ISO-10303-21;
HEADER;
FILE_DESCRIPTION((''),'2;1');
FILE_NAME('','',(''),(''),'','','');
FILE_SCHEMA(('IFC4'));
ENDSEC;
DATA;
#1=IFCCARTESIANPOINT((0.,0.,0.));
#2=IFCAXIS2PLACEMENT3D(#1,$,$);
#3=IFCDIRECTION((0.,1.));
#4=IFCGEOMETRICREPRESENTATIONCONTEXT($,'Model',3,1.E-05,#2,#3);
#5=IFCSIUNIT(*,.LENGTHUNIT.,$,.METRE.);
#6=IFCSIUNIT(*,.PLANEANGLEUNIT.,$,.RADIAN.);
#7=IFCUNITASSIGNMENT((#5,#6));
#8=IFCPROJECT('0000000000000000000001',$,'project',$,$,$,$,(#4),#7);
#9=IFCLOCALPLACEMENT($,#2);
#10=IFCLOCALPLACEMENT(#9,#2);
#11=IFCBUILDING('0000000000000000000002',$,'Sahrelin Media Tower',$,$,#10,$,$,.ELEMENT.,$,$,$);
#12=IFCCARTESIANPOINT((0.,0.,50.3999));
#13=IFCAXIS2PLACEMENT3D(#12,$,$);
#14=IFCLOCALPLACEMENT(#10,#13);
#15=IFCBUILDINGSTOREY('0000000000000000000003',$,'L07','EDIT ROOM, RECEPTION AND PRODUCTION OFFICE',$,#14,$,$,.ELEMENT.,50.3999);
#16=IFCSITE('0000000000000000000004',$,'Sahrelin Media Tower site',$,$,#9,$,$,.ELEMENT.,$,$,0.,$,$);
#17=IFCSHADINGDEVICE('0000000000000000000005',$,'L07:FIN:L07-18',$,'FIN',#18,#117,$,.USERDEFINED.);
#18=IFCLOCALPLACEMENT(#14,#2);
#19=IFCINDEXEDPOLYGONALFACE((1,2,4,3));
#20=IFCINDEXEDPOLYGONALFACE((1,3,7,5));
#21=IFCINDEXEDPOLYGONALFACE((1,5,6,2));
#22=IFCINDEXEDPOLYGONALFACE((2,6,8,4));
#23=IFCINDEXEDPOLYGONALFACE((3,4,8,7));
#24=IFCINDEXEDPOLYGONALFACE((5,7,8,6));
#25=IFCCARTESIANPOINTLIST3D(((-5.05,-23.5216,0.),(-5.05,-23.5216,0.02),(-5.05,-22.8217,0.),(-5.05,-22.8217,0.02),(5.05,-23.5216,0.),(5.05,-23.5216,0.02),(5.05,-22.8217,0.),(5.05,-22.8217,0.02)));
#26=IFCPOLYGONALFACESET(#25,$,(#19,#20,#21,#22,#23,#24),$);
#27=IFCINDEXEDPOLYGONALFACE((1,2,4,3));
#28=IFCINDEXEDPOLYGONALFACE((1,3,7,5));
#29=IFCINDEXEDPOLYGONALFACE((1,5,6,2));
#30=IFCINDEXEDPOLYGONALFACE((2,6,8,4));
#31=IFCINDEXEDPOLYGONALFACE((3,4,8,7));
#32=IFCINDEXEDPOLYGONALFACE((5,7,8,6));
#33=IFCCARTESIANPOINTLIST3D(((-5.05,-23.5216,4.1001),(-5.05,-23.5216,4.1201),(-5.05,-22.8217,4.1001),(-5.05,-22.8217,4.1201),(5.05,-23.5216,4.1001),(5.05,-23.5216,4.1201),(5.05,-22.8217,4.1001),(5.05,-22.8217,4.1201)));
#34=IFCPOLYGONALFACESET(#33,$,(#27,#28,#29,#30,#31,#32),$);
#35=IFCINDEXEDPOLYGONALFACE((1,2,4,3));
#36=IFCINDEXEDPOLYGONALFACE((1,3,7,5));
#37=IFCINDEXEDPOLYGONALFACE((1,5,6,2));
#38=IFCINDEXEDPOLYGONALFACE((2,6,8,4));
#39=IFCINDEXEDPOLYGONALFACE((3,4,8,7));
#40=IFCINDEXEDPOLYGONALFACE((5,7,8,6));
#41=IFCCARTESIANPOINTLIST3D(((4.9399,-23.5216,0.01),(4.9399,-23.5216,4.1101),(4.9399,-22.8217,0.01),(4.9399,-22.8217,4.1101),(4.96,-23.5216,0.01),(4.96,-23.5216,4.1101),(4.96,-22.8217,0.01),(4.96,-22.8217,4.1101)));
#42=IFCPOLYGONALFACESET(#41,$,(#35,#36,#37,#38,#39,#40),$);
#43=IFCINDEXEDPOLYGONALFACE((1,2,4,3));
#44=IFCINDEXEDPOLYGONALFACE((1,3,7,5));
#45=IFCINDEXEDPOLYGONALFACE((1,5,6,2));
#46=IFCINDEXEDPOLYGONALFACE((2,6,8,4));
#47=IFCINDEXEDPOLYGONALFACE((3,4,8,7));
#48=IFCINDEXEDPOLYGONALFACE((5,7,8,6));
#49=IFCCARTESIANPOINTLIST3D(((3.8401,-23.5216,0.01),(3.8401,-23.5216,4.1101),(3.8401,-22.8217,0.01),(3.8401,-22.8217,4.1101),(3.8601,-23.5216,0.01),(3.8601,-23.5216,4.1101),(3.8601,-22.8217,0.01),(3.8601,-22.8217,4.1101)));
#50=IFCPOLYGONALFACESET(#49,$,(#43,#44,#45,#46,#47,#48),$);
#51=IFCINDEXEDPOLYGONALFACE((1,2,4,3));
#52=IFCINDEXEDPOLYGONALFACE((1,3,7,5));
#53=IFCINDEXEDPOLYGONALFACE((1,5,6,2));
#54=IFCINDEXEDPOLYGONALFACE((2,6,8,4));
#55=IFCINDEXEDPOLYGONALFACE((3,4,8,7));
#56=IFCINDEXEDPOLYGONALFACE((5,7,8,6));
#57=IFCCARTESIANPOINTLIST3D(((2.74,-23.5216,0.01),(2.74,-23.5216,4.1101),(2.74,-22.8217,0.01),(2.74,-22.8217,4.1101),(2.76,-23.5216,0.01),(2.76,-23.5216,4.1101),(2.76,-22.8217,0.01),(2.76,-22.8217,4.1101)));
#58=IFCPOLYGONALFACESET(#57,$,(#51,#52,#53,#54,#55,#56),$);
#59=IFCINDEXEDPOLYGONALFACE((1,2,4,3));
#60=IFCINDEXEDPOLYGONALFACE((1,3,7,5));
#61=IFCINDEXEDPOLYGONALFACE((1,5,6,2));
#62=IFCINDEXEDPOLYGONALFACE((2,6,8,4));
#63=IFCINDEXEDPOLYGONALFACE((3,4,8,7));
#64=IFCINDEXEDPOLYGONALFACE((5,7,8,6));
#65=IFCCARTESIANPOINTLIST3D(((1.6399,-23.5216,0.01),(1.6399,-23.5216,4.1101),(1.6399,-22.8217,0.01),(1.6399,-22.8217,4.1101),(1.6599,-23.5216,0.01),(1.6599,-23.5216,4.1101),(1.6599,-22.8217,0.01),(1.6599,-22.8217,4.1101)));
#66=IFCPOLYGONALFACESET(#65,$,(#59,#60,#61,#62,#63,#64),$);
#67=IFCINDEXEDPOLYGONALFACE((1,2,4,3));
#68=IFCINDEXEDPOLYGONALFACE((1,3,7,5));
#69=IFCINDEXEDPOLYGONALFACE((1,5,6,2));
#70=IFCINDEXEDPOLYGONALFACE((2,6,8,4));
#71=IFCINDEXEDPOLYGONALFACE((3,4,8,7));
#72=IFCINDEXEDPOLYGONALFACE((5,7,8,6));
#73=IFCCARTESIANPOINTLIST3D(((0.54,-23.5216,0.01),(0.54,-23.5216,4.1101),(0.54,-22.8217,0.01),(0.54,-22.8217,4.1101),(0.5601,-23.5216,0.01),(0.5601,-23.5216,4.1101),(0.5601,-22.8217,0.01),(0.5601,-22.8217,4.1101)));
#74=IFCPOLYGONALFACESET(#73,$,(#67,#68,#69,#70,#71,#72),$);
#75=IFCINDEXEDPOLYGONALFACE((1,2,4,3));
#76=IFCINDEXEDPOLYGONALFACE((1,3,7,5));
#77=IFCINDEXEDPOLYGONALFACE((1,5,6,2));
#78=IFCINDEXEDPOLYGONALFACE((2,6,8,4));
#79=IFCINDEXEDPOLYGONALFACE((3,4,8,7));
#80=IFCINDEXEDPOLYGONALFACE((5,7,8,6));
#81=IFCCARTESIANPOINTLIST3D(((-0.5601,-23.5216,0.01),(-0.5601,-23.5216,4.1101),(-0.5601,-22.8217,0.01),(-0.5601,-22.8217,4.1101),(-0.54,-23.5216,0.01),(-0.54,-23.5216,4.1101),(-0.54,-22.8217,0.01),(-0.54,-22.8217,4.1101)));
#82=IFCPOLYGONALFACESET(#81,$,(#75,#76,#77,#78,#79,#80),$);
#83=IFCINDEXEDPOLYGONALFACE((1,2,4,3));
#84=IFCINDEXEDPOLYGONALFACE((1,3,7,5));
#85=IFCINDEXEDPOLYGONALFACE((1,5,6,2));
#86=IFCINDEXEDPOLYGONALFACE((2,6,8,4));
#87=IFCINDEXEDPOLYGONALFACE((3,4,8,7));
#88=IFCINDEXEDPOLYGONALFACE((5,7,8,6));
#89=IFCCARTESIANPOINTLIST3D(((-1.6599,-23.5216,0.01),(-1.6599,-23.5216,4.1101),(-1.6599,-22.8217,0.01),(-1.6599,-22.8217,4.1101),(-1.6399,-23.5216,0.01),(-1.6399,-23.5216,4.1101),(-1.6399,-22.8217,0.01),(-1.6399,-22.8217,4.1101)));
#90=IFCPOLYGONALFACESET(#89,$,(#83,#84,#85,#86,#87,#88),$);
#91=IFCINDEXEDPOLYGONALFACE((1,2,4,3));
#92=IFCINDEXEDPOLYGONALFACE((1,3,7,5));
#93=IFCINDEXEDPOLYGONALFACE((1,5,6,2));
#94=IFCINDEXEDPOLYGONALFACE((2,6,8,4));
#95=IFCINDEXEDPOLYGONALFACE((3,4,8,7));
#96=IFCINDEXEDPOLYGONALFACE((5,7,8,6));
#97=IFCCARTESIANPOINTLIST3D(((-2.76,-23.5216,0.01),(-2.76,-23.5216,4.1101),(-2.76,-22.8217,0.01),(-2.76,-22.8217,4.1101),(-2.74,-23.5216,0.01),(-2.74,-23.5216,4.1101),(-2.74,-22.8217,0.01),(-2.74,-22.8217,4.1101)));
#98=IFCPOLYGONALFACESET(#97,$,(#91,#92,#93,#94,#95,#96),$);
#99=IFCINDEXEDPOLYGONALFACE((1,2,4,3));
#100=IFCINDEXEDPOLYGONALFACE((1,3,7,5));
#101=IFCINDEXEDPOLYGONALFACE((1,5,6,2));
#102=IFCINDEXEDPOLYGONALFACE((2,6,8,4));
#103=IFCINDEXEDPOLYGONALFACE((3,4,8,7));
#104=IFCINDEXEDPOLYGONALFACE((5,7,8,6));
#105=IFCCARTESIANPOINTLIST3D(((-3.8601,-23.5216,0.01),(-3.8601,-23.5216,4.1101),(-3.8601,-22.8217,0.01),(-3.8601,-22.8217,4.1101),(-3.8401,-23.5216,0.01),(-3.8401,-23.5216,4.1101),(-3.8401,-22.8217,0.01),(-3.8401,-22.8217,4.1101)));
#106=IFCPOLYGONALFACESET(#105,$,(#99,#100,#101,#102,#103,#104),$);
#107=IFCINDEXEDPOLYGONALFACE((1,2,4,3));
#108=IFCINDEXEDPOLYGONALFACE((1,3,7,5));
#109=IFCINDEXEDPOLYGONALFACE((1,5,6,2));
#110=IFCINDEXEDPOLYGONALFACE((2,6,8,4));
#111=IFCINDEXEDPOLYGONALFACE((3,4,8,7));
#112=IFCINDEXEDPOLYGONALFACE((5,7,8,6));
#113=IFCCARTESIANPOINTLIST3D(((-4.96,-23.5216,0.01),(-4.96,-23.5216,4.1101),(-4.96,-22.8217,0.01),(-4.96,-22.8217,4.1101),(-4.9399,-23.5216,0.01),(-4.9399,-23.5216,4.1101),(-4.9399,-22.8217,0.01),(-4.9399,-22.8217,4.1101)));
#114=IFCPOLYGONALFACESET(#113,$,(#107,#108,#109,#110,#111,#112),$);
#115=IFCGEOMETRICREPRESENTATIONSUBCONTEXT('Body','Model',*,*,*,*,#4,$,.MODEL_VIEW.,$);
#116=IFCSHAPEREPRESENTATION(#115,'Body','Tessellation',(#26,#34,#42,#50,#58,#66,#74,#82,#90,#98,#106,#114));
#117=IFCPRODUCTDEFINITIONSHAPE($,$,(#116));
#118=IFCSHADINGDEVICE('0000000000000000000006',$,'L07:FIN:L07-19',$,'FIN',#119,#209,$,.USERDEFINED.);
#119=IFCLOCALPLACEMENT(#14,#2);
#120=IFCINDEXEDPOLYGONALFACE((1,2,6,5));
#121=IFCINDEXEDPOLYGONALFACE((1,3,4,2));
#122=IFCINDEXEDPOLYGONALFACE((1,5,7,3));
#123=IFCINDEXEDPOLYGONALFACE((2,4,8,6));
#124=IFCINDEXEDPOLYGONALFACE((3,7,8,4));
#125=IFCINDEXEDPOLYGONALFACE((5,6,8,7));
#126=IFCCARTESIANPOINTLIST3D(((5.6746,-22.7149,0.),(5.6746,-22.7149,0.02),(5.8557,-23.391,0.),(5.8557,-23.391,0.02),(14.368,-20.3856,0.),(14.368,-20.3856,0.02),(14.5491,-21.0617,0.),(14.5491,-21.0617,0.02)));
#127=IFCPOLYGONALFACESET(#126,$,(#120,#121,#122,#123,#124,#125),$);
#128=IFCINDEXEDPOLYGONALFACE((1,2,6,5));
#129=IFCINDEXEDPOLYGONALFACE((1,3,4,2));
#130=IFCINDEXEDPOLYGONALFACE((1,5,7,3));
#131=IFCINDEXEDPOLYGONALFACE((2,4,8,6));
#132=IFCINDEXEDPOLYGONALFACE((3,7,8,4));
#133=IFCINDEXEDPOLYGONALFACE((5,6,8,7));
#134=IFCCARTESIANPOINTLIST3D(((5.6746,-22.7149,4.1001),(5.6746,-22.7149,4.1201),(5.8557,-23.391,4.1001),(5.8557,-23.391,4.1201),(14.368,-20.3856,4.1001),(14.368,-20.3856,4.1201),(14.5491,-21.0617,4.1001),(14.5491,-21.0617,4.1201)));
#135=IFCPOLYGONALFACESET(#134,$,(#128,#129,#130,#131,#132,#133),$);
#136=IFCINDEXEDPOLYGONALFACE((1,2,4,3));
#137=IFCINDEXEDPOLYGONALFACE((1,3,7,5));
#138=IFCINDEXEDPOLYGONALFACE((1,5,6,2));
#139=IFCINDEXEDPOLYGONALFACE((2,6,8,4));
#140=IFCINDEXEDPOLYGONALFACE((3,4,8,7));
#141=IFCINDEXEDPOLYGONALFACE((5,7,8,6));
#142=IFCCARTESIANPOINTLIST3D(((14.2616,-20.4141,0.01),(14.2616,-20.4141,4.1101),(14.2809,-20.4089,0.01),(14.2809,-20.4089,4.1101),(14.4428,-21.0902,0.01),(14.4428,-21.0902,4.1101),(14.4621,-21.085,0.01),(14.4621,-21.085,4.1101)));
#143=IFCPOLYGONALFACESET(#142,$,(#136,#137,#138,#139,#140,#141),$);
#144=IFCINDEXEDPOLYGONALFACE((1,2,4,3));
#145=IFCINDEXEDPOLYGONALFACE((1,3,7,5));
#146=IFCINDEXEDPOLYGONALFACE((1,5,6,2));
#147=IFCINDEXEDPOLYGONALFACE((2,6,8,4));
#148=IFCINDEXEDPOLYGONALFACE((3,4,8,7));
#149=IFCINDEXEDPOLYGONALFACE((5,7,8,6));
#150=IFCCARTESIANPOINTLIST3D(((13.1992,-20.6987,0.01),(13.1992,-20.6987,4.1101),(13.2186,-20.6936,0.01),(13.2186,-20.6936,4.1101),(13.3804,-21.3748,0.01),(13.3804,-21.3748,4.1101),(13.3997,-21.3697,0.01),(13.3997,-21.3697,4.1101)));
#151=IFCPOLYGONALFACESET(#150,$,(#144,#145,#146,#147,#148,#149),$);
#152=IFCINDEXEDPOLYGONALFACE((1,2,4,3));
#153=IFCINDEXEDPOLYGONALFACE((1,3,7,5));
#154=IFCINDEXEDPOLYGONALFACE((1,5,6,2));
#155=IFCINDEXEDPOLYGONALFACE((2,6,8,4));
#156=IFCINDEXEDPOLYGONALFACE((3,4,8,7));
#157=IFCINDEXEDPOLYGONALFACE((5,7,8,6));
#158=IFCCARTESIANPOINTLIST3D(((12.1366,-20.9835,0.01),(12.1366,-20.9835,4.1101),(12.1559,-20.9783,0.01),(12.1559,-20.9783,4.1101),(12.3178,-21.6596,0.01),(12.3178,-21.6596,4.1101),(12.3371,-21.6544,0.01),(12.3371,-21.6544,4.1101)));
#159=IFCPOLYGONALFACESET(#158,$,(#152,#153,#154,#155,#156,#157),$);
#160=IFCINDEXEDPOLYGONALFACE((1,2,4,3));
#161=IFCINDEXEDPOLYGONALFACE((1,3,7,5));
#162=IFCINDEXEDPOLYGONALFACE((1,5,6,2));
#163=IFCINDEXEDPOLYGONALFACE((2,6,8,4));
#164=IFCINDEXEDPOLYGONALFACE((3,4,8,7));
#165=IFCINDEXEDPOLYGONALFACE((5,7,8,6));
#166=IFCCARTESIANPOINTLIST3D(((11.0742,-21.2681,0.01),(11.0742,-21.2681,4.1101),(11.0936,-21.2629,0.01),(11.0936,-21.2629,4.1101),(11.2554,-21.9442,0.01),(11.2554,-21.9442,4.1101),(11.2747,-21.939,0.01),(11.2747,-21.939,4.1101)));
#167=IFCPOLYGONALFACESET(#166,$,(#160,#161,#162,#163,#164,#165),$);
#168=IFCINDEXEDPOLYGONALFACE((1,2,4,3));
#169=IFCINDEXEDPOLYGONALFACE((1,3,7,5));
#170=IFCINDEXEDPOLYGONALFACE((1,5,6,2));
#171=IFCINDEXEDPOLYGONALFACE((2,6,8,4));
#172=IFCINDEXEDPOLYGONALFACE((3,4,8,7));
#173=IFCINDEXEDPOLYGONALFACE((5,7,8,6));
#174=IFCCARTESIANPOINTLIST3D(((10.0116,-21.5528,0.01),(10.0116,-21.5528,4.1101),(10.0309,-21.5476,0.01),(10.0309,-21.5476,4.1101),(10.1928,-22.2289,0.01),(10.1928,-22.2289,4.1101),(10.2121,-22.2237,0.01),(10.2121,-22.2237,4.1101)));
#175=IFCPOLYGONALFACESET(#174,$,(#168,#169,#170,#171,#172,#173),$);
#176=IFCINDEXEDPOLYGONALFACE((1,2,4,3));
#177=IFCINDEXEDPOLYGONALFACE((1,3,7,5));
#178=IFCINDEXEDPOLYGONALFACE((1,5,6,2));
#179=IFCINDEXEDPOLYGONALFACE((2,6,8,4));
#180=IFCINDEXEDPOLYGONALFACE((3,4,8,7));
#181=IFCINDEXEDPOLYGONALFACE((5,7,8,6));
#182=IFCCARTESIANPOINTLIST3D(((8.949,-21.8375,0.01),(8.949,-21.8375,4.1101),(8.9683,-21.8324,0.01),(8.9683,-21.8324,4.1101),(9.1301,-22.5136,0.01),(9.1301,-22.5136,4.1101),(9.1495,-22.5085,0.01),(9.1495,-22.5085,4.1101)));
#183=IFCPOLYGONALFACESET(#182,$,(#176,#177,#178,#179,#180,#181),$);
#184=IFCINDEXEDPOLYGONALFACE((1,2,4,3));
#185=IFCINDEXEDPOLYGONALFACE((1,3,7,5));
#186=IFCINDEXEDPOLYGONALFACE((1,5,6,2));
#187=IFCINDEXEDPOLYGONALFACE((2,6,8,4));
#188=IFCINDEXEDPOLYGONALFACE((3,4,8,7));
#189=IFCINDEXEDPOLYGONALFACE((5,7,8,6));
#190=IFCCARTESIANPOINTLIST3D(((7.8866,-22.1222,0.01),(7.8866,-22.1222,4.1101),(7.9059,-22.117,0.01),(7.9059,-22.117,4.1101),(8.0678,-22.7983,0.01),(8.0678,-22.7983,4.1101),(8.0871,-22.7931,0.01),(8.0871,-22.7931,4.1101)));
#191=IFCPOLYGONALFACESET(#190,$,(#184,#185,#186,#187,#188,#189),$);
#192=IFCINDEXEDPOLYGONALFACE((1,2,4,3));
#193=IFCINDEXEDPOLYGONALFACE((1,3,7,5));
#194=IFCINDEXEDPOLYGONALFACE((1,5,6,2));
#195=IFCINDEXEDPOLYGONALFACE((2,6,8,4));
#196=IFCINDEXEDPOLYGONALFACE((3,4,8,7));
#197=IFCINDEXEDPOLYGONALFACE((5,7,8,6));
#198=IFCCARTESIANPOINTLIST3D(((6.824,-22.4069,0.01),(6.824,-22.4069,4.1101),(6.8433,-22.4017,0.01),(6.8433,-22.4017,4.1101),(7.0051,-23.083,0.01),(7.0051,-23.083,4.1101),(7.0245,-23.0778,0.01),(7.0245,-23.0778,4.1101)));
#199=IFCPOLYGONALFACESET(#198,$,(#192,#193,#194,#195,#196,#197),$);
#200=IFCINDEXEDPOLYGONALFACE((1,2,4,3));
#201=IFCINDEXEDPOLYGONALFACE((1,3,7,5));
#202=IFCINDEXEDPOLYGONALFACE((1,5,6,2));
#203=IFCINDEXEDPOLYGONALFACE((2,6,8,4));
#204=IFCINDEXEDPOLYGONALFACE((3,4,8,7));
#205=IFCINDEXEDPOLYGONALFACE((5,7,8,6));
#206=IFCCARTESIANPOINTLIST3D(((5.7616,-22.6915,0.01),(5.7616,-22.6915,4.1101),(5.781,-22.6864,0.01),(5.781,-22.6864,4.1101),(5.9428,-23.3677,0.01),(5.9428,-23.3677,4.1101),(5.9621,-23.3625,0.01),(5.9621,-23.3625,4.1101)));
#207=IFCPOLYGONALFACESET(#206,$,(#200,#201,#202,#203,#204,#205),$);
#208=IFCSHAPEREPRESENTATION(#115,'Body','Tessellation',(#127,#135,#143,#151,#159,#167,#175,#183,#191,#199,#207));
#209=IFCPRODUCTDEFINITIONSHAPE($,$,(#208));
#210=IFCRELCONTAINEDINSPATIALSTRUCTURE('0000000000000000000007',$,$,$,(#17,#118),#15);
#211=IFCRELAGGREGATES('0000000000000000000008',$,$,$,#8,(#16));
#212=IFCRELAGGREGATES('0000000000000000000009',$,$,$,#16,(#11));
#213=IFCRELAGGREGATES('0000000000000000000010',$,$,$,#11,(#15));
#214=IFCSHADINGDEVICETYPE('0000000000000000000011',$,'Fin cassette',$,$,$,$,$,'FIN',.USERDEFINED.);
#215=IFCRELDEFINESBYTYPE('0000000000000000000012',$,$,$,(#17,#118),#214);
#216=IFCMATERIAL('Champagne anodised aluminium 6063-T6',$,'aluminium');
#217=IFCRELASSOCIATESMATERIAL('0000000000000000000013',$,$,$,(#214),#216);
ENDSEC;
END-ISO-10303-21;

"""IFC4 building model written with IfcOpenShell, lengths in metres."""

from ifc_helpers import new_model, si_unit, direction, frame, origin, origin_2d, place, context, subcontext, project, spatial, rectangle, extrude, material, type_object, element, save


model = new_model("IFC4")

# Units and contexts
model_context = context("Model", 3, precision=1e-05, world=origin(), true_north=direction((0.0, 1.0)))
body_context = subcontext(model_context, "Body", "Model", "MODEL_VIEW")
ifc_project = project(units=[si_unit("LENGTHUNIT", "METRE"), si_unit("PLANEANGLEUNIT", "RADIAN")], contexts=[model_context])

# Site, building, storey
site_placement = place(None, origin())
site = spatial("IfcSite", under=ifc_project, at=site_placement, Name="Sahrelin Media Tower site", CompositionType="ELEMENT", RefElevation=0.0)
building_placement = place(site_placement, origin())
building = spatial("IfcBuilding", under=site, at=building_placement, Name="Sahrelin Media Tower", CompositionType="ELEMENT")
storey_placement = place(building_placement, frame((0.0, 0.0, 50.3999)))
storey = spatial("IfcBuildingStorey", under=building, at=storey_placement, Name="L07", Description="EDIT ROOM, RECEPTION AND PRODUCTION OFFICE", CompositionType="ELEMENT", Elevation=50.3999)

# Shared definitions
ifc_material_1 = material(Name="Champagne anodised aluminium 6063-T6", Category="aluminium")

# Shading devices
shading_device_type_1 = type_object("IfcShadingDeviceType", Name="Fin cassette", ElementType="FIN", PredefinedType="USERDEFINED", material=ifc_material_1)
placement_1 = place(storey_placement, frame((0.0, -22.7517, 0.0), z_axis=(0.0, 0.0, 1.0), x_axis=(-1.0, 0.0, 0.0)))
element("IfcShadingDevice", 1, at=placement_1, inside=storey, type_object=shading_device_type_1, Name="L07:FIN:L07-18", ObjectType="FIN", PredefinedType="USERDEFINED", context=body_context, shape_type="SweptSolid", body=[
    extrude(rectangle(XDim=10.1001, YDim=0.7, at=origin_2d()), frame((0.0, 0.4199, 0.0)), (0.0, 0.0, 1.0), 0.02),
    extrude(rectangle(XDim=10.1001, YDim=0.7, at=origin_2d()), frame((0.0, 0.4199, 4.1001)), (0.0, 0.0, 1.0), 0.02),
    extrude(rectangle(XDim=0.02, YDim=0.7, at=origin_2d()), frame((-4.95, 0.4199, 0.01), z_axis=(0.0, 0.0, 1.0), x_axis=(1.0, 0.0, 0.0)), (0.0, 0.0, 1.0), 4.1001),
    extrude(rectangle(XDim=0.02, YDim=0.7, at=origin_2d()), frame((-3.8501, 0.4199, 0.01), z_axis=(0.0, 0.0, 1.0), x_axis=(1.0, 0.0, 0.0)), (0.0, 0.0, 1.0), 4.1001),
    extrude(rectangle(XDim=0.02, YDim=0.7, at=origin_2d()), frame((-2.75, 0.4199, 0.01), z_axis=(0.0, 0.0, 1.0), x_axis=(1.0, 0.0, 0.0)), (0.0, 0.0, 1.0), 4.1001),
    extrude(rectangle(XDim=0.02, YDim=0.7, at=origin_2d()), frame((-1.6499, 0.4199, 0.01), z_axis=(0.0, 0.0, 1.0), x_axis=(1.0, 0.0, 0.0)), (0.0, 0.0, 1.0), 4.1001),
    extrude(rectangle(XDim=0.02, YDim=0.7, at=origin_2d()), frame((-0.55, 0.4199, 0.01), z_axis=(0.0, 0.0, 1.0), x_axis=(1.0, 0.0, 0.0)), (0.0, 0.0, 1.0), 4.1001),
    extrude(rectangle(XDim=0.02, YDim=0.7, at=origin_2d()), frame((0.55, 0.4199, 0.01), z_axis=(0.0, 0.0, 1.0), x_axis=(1.0, 0.0, 0.0)), (0.0, 0.0, 1.0), 4.1001),
    extrude(rectangle(XDim=0.02, YDim=0.7, at=origin_2d()), frame((1.6499, 0.4199, 0.01), z_axis=(0.0, 0.0, 1.0), x_axis=(1.0, 0.0, 0.0)), (0.0, 0.0, 1.0), 4.1001),
    extrude(rectangle(XDim=0.02, YDim=0.7, at=origin_2d()), frame((2.75, 0.4199, 0.01), z_axis=(0.0, 0.0, 1.0), x_axis=(1.0, 0.0, 0.0)), (0.0, 0.0, 1.0), 4.1001),
    extrude(rectangle(XDim=0.02, YDim=0.7, at=origin_2d()), frame((3.8501, 0.4199, 0.01), z_axis=(0.0, 0.0, 1.0), x_axis=(1.0, 0.0, 0.0)), (0.0, 0.0, 1.0), 4.1001),
    extrude(rectangle(XDim=0.02, YDim=0.7, at=origin_2d()), frame((4.95, 0.4199, 0.01), z_axis=(0.0, 0.0, 1.0), x_axis=(1.0, 0.0, 0.0)), (0.0, 0.0, 1.0), 4.1001),
])
placement_2 = place(storey_placement, frame((10.0032, -21.4827, 0.0), z_axis=(0.0, 0.0, 1.0), x_axis=(-0.965929, -0.258808, 0.0)))
element("IfcShadingDevice", 2, at=placement_2, inside=storey, type_object=shading_device_type_1, Name="L07:FIN:L07-19", ObjectType="FIN", PredefinedType="USERDEFINED", context=body_context, shape_type="SweptSolid", body=[
    extrude(rectangle(XDim=9.0, YDim=0.7, at=origin_2d()), frame((0.0, 0.4199, 0.0)), (0.0, 0.0, 1.0), 0.02),
    extrude(rectangle(XDim=9.0, YDim=0.7, at=origin_2d()), frame((0.0, 0.4199, 4.1001)), (0.0, 0.0, 1.0), 0.02),
    extrude(rectangle(XDim=0.02, YDim=0.7, at=origin_2d()), frame((-4.3999, 0.4199, 0.01), z_axis=(0.0, 0.0, 1.0), x_axis=(1.0, 0.0, 0.0)), (0.0, 0.0, 1.0), 4.1001),
    extrude(rectangle(XDim=0.02, YDim=0.7, at=origin_2d()), frame((-3.3, 0.4199, 0.01), z_axis=(0.0, 0.0, 1.0), x_axis=(1.0, 0.0, 0.0)), (0.0, 0.0, 1.0), 4.1001),
    extrude(rectangle(XDim=0.02, YDim=0.7, at=origin_2d()), frame((-2.2, 0.4199, 0.01), z_axis=(0.0, 0.0, 1.0), x_axis=(1.0, 0.0, 0.0)), (0.0, 0.0, 1.0), 4.1001),
    extrude(rectangle(XDim=0.02, YDim=0.7, at=origin_2d()), frame((-1.1001, 0.4199, 0.01), z_axis=(0.0, 0.0, 1.0), x_axis=(1.0, 0.0, 0.0)), (0.0, 0.0, 1.0), 4.1001),
    extrude(rectangle(XDim=0.02, YDim=0.7, at=origin_2d()), frame((0.0, 0.4199, 0.01), z_axis=(0.0, 0.0, 1.0), x_axis=(1.0, 0.0, 0.0)), (0.0, 0.0, 1.0), 4.1001),
    extrude(rectangle(XDim=0.02, YDim=0.7, at=origin_2d()), frame((1.1001, 0.4199, 0.01), z_axis=(0.0, 0.0, 1.0), x_axis=(1.0, 0.0, 0.0)), (0.0, 0.0, 1.0), 4.1001),
    extrude(rectangle(XDim=0.02, YDim=0.7, at=origin_2d()), frame((2.2, 0.4199, 0.01), z_axis=(0.0, 0.0, 1.0), x_axis=(1.0, 0.0, 0.0)), (0.0, 0.0, 1.0), 4.1001),
    extrude(rectangle(XDim=0.02, YDim=0.7, at=origin_2d()), frame((3.3, 0.4199, 0.01), z_axis=(0.0, 0.0, 1.0), x_axis=(1.0, 0.0, 0.0)), (0.0, 0.0, 1.0), 4.1001),
    extrude(rectangle(XDim=0.02, YDim=0.7, at=origin_2d()), frame((4.3999, 0.4199, 0.01), z_axis=(0.0, 0.0, 1.0), x_axis=(1.0, 0.0, 0.0)), (0.0, 0.0, 1.0), 4.1001),
])

save(model, "model.ifc")
